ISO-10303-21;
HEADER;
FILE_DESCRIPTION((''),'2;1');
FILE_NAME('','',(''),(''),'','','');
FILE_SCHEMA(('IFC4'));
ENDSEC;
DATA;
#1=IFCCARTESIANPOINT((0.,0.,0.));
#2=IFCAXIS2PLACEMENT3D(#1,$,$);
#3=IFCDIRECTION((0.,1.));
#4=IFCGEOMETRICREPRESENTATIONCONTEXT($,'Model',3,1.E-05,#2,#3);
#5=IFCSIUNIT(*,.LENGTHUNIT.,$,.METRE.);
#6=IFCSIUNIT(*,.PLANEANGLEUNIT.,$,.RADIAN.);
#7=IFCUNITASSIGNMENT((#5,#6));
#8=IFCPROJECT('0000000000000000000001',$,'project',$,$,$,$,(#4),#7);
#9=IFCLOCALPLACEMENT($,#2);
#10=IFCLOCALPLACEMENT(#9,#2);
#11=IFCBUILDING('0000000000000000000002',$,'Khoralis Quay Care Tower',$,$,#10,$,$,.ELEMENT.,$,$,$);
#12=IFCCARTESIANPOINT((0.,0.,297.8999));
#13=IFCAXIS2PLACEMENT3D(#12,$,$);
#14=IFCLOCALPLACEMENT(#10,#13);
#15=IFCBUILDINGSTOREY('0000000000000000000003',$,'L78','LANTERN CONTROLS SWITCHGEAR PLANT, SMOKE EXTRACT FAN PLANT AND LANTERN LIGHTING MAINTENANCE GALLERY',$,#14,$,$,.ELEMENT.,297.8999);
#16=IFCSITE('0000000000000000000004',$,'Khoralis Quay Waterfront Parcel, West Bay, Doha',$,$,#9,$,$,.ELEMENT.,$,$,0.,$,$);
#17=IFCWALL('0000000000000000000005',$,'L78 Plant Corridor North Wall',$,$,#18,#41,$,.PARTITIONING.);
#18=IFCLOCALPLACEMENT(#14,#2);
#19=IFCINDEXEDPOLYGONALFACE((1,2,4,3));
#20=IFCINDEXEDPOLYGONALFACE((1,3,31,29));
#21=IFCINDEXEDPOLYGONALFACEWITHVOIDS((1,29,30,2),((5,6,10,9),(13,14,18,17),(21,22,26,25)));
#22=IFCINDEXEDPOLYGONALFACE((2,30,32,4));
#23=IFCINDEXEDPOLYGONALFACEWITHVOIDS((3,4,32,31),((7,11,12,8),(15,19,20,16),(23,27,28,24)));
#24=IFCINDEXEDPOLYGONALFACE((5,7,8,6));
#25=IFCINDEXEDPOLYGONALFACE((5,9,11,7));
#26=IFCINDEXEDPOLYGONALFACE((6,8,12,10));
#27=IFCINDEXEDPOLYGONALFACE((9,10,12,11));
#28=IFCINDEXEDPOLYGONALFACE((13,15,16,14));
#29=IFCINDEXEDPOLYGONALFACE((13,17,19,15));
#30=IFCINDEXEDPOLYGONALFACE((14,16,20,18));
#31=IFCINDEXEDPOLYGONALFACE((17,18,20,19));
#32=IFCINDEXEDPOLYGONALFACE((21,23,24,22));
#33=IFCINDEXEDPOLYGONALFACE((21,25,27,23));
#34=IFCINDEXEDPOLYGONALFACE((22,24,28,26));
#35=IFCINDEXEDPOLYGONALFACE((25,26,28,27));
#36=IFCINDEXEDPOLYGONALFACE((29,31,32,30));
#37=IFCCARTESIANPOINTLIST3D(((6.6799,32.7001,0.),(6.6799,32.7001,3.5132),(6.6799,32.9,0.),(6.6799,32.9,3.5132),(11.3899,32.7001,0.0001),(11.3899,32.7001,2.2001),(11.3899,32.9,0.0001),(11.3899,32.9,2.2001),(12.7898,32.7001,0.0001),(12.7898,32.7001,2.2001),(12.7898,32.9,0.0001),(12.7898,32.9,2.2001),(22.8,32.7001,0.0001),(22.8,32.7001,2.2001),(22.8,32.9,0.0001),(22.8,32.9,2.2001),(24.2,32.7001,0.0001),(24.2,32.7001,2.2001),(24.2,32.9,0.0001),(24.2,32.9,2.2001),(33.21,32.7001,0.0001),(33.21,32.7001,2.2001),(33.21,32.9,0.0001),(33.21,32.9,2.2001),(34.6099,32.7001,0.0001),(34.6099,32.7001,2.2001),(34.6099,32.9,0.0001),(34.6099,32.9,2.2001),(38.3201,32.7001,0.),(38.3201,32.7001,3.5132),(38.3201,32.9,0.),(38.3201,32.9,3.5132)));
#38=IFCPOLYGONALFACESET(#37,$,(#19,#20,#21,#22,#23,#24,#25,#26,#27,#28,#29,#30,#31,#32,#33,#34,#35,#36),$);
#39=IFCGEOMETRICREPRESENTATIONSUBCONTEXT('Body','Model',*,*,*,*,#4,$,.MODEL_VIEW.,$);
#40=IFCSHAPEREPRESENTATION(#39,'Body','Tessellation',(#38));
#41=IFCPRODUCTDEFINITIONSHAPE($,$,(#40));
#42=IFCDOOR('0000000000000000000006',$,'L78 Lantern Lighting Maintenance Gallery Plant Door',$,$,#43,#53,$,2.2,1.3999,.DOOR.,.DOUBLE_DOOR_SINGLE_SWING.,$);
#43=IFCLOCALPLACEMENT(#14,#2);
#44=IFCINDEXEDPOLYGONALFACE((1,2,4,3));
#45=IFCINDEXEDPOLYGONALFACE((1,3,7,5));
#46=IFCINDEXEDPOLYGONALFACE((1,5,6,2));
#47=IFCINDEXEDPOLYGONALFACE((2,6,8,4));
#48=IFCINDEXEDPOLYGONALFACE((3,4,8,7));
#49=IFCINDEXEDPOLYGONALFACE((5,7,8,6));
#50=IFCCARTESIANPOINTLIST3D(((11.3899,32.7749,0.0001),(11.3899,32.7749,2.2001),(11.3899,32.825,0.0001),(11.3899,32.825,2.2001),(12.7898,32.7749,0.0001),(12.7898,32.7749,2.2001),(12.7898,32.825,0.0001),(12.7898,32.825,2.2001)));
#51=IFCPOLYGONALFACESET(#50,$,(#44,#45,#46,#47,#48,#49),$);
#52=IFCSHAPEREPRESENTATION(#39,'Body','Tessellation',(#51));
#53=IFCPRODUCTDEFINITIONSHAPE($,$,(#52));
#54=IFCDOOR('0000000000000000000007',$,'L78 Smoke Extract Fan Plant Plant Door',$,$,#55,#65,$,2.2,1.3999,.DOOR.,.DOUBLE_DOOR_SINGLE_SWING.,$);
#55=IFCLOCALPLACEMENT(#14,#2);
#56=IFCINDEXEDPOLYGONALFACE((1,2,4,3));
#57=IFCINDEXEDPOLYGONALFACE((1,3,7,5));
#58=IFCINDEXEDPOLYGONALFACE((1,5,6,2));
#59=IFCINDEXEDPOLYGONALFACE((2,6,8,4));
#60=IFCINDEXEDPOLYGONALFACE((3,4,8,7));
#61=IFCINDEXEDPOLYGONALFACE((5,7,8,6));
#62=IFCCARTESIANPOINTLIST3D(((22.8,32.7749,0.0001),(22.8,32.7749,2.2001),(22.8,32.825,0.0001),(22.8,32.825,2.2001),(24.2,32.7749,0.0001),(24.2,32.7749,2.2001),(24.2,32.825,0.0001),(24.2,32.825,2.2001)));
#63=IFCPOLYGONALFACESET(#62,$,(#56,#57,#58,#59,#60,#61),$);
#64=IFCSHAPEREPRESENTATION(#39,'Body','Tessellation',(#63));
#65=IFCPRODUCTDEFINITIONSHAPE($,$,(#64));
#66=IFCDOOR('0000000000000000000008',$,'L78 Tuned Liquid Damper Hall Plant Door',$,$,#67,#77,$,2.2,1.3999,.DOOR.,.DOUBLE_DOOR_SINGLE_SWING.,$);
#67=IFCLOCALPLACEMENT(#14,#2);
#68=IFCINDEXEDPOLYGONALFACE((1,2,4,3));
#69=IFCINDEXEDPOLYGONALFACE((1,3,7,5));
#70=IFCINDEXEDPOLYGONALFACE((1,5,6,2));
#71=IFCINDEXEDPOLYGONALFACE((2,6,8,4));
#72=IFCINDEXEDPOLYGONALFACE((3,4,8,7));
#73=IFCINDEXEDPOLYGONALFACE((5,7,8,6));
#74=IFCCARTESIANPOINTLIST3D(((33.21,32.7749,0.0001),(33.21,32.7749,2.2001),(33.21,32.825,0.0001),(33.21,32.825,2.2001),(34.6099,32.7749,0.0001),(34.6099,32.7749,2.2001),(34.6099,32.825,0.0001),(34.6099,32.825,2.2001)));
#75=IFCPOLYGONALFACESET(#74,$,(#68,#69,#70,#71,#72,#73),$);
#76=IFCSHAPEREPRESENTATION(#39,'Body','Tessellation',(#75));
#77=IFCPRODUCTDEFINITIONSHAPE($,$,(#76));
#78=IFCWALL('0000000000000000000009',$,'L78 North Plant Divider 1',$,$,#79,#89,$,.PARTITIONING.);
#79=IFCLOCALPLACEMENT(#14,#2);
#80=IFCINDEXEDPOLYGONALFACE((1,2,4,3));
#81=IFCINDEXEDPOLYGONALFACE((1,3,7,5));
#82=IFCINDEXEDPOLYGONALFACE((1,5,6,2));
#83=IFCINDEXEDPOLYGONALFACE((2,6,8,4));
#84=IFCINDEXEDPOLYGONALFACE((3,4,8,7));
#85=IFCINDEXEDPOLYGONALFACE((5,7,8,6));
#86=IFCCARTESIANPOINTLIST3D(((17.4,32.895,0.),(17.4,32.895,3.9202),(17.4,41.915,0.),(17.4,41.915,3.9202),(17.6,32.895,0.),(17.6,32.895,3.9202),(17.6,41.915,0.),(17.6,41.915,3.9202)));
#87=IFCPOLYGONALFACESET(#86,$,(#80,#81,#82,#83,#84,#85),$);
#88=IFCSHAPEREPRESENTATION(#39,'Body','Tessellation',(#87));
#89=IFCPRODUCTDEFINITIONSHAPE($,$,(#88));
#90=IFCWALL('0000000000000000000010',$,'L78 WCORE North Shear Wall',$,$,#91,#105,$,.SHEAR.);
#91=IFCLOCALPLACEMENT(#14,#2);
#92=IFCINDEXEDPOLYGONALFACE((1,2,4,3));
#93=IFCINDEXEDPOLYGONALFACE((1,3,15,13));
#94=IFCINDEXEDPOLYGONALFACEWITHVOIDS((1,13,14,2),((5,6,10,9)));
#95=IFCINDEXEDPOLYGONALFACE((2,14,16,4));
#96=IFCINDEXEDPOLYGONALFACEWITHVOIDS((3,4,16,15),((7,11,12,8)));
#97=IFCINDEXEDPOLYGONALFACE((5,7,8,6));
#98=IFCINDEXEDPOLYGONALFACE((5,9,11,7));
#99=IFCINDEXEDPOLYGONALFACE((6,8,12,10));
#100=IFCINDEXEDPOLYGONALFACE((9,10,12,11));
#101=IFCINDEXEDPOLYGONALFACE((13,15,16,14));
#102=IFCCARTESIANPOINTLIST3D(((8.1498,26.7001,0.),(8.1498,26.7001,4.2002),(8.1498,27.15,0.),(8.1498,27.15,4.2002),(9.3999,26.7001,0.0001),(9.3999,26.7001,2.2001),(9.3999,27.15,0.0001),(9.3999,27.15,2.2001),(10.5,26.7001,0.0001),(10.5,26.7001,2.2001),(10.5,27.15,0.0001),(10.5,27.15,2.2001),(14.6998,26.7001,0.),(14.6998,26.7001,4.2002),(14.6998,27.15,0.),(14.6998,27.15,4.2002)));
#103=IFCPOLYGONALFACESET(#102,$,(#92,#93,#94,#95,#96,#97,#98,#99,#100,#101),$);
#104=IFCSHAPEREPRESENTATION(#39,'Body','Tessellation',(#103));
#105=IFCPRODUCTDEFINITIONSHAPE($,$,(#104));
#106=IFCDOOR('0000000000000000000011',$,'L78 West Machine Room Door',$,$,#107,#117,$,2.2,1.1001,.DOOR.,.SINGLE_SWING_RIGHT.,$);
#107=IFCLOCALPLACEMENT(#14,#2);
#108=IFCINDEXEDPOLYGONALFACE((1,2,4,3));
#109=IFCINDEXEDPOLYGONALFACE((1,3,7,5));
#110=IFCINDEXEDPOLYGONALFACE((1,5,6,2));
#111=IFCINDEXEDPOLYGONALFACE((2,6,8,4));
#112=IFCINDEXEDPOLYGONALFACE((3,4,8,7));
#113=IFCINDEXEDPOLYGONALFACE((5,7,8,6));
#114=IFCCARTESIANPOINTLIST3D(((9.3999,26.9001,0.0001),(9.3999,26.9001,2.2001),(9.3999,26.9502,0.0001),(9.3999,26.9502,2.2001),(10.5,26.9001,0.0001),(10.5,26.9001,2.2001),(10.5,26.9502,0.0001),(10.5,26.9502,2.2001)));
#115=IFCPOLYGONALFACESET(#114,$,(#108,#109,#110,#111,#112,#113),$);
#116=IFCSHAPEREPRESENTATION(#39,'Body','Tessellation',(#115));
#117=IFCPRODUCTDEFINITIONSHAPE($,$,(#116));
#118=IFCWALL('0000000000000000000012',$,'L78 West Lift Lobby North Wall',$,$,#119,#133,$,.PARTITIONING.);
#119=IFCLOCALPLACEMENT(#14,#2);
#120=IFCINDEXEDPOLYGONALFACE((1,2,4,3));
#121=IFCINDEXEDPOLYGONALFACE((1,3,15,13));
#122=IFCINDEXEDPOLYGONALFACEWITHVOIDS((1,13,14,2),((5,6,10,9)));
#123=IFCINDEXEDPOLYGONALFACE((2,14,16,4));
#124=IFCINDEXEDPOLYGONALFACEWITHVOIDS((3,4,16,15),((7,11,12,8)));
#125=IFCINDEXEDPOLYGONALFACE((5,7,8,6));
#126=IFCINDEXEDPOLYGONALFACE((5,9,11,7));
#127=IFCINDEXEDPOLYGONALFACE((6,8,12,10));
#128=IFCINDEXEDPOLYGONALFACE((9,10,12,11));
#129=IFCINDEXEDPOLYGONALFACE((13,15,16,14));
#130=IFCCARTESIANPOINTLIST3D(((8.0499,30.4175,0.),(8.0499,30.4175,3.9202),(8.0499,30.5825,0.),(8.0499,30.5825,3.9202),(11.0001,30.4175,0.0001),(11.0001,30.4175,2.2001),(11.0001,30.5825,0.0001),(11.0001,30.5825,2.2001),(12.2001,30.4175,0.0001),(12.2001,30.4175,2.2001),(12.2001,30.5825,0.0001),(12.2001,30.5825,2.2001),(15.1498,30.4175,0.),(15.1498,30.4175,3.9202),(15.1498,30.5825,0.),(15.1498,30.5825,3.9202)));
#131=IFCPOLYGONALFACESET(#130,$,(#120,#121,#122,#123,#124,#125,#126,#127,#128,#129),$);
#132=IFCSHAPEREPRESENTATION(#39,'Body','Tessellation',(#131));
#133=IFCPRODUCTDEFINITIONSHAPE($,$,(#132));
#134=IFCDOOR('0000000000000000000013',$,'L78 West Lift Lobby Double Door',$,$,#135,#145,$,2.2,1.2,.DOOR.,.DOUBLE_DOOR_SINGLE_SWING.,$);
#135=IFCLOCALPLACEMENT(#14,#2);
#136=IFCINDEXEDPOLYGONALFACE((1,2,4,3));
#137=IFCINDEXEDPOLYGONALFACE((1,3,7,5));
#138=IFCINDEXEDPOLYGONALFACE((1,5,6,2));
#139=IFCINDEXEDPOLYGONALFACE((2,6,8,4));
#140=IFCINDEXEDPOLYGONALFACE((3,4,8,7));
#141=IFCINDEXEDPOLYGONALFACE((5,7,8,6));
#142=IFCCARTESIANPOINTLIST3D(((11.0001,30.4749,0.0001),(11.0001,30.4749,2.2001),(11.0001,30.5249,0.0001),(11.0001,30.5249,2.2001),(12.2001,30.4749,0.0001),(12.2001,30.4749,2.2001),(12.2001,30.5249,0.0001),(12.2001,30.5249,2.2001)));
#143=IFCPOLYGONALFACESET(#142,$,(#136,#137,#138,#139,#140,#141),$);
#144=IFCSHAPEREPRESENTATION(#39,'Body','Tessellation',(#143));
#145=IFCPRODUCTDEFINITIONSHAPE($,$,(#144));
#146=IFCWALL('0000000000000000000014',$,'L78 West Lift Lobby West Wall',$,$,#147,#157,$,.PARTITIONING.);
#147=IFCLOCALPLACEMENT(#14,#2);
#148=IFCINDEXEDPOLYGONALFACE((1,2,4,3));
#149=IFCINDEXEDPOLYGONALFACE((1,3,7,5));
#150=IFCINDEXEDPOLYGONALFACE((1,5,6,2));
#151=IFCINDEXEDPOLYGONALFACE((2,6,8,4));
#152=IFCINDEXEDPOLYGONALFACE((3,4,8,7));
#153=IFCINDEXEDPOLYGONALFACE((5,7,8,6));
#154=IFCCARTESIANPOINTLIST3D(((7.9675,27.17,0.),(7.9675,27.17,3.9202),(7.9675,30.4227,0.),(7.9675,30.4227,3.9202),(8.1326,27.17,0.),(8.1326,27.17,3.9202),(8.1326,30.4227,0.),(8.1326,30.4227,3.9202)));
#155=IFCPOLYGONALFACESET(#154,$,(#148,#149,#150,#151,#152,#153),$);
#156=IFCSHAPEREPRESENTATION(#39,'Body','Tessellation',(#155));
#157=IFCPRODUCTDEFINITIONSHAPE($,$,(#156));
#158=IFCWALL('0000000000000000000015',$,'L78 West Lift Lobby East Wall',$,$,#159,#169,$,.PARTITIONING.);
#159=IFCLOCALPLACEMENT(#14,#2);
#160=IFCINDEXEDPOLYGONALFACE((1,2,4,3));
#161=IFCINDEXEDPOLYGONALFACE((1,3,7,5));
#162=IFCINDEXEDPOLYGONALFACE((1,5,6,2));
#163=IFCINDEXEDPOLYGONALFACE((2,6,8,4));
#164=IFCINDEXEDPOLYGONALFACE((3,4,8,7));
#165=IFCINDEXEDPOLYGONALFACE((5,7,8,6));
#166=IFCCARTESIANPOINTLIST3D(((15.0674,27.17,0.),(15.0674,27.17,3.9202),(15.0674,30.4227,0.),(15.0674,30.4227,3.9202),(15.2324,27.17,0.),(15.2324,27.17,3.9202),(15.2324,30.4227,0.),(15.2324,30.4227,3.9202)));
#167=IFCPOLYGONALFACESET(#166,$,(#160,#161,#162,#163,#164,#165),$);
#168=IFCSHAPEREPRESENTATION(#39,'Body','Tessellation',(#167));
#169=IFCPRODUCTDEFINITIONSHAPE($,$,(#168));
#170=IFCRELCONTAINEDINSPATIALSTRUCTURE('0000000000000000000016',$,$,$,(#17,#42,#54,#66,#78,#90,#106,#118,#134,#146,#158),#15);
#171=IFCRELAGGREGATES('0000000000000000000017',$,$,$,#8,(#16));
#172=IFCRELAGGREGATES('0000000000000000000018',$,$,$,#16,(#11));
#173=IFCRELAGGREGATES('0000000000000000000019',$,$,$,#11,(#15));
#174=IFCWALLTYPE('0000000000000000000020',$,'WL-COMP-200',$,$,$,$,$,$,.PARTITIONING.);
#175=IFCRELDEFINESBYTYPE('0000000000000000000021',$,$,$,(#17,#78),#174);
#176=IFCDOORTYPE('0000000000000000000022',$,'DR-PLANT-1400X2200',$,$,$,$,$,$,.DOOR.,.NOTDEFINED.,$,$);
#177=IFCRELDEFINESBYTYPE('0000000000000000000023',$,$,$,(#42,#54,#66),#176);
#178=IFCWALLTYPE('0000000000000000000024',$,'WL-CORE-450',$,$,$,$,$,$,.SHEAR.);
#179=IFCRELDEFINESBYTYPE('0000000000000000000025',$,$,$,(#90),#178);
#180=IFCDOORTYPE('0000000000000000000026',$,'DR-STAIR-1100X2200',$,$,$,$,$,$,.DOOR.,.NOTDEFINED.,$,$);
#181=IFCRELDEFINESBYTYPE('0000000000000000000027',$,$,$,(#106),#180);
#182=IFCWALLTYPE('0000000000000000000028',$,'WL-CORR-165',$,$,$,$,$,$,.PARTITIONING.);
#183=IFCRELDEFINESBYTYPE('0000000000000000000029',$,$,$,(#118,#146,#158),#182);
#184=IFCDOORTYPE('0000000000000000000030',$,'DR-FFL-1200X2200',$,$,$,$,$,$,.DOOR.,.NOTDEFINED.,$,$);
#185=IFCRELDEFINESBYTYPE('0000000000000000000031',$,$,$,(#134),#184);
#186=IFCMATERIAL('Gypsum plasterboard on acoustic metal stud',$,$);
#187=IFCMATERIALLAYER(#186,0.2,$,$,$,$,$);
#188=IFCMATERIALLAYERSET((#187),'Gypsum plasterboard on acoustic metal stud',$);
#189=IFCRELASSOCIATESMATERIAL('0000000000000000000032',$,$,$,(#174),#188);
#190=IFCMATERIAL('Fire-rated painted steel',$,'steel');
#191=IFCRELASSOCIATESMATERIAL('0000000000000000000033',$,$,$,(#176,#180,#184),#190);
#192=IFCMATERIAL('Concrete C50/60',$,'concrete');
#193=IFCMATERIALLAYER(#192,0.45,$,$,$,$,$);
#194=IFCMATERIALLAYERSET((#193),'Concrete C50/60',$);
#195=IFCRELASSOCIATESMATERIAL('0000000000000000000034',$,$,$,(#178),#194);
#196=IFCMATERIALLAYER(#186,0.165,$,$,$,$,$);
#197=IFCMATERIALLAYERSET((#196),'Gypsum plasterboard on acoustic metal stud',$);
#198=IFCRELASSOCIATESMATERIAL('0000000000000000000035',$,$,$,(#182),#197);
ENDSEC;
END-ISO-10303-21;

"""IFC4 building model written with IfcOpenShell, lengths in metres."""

from ifc_helpers import new_model, si_unit, direction, frame, frame_2d, origin, place, context, subcontext, project, spatial, rectangle, extrude, source, transform, mapped, material, layer, layer_set, type_object, element, fill, save


model = new_model("IFC4")

# Units and contexts
model_context = context("Model", 3, precision=1e-05, world=origin(), true_north=direction((0.0, 1.0)))
body_context = subcontext(model_context, "Body", "Model", "MODEL_VIEW")
ifc_project = project(units=[si_unit("LENGTHUNIT", "METRE"), si_unit("PLANEANGLEUNIT", "RADIAN")], contexts=[model_context])

# Site, building, storey
site_placement = place(None, origin())
site = spatial("IfcSite", under=ifc_project, at=site_placement, Name="Khoralis Quay Waterfront Parcel, West Bay, Doha", CompositionType="ELEMENT", RefElevation=0.0)
building_placement = place(site_placement, origin())
building = spatial("IfcBuilding", under=site, at=building_placement, Name="Khoralis Quay Care Tower", CompositionType="ELEMENT")
storey_placement = place(building_placement, frame((0.0, 0.0, 297.8999)))
storey = spatial("IfcBuildingStorey", under=building, at=storey_placement, Name="L78", Description="LANTERN CONTROLS SWITCHGEAR PLANT, SMOKE EXTRACT FAN PLANT AND LANTERN LIGHTING MAINTENANCE GALLERY", CompositionType="ELEMENT", Elevation=297.8999)

# Shared definitions
ifc_material_1 = material(Name="Concrete C50/60", Category="concrete")

# Wall, openings, doors
ifc_material_2 = material(Name="Gypsum plasterboard on acoustic metal stud")
ifc_layer_1 = layer(ifc_material_2, 0.2)
ifc_layer_set_1 = layer_set([ifc_layer_1], Name="Gypsum plasterboard on acoustic metal stud")
wall_type_1 = type_object("IfcWallType", Name="WL-COMP-200", PredefinedType="PARTITIONING", material=ifc_layer_set_1)
wall_1_placement = place(storey_placement, frame((6.6799, 32.8, 0.0), z_axis=(0.0, 0.0, 1.0), x_axis=(1.0, 0.0, 0.0)))
wall_1 = element("IfcWall", 1, at=wall_1_placement, inside=storey, type_object=wall_type_1, Name="L78 Plant Corridor North Wall", PredefinedType="PARTITIONING", context=body_context, shape_type="SweptSolid", body=[
    extrude(rectangle(XDim=31.6401, YDim=0.2, at=frame_2d((15.8201, 0.0))), origin(), (0.0, 0.0, 1.0), 3.5132),
])
opening_1_placement = place(wall_1_placement, frame((4.71, 0.0, 0.0)))
opening_1 = element("IfcOpeningElement", 2, at=opening_1_placement, cuts=wall_1, PredefinedType="OPENING", context=body_context, shape_type="SweptSolid", body=[
    extrude(rectangle(XDim=1.3999, YDim=2.2, at=frame_2d((0.7, 1.1001))), frame((0.0, 0.1099, 0.0), z_axis=(0.0, -1.0, 0.0), x_axis=(1.0, 0.0, 0.0)), (0.0, 0.0, 1.0), 0.22),
])
opening_2_placement = place(wall_1_placement, frame((16.1201, 0.0, 0.0)))
opening_2 = element("IfcOpeningElement", 3, at=opening_2_placement, cuts=wall_1, PredefinedType="OPENING", context=body_context, shape_type="SweptSolid", body=[
    extrude(rectangle(XDim=1.3999, YDim=2.2, at=frame_2d((0.7, 1.1001))), frame((0.0, 0.1099, 0.0), z_axis=(0.0, -1.0, 0.0), x_axis=(1.0, 0.0, 0.0)), (0.0, 0.0, 1.0), 0.22),
])
opening_3_placement = place(wall_1_placement, frame((26.53, 0.0, 0.0)))
opening_3 = element("IfcOpeningElement", 4, at=opening_3_placement, cuts=wall_1, PredefinedType="OPENING", context=body_context, shape_type="SweptSolid", body=[
    extrude(rectangle(XDim=1.3999, YDim=2.2, at=frame_2d((0.7, 1.1001))), frame((0.0, 0.1099, 0.0), z_axis=(0.0, -1.0, 0.0), x_axis=(1.0, 0.0, 0.0)), (0.0, 0.0, 1.0), 0.22),
])
ifc_material_3 = material(Name="Fire-rated painted steel", Category="steel")
door_type_1 = type_object("IfcDoorType", Name="DR-PLANT-1400X2200", OperationType="NOTDEFINED", PredefinedType="DOOR", material=ifc_material_3)
shared_shape_1 = source(origin(), body_context, "Body", "SweptSolid", [
    extrude(rectangle(XDim=1.3999, YDim=2.2, at=frame_2d((0.7, 1.1001))), frame((0.0, 0.0249, 0.0), z_axis=(0.0, -1.0, 0.0), x_axis=(1.0, 0.0, 0.0)), (0.0, 0.0, 1.0), 0.05),
])
door_1_placement = place(opening_1_placement, origin())
door_1 = element("IfcDoor", 5, at=door_1_placement, inside=storey, type_object=door_type_1, Name="L78 Lantern Lighting Maintenance Gallery Plant Door", OperationType="DOUBLE_DOOR_SINGLE_SWING", OverallHeight=2.2, OverallWidth=1.3999, PredefinedType="DOOR", context=body_context, shape_type="MappedRepresentation", body=[
    mapped(shared_shape_1, transform((0.0, 0.0, 0.0), scale=1.0)),
])
fill(opening_1, door_1)
door_2_placement = place(opening_2_placement, origin())
door_2 = element("IfcDoor", 6, at=door_2_placement, inside=storey, type_object=door_type_1, Name="L78 Smoke Extract Fan Plant Plant Door", OperationType="DOUBLE_DOOR_SINGLE_SWING", OverallHeight=2.2, OverallWidth=1.3999, PredefinedType="DOOR", context=body_context, shape_type="MappedRepresentation", body=[
    mapped(shared_shape_1, transform((0.0, 0.0, 0.0), scale=1.0)),
])
fill(opening_2, door_2)
door_3_placement = place(opening_3_placement, origin())
door_3 = element("IfcDoor", 7, at=door_3_placement, inside=storey, type_object=door_type_1, Name="L78 Tuned Liquid Damper Hall Plant Door", OperationType="DOUBLE_DOOR_SINGLE_SWING", OverallHeight=2.2, OverallWidth=1.3999, PredefinedType="DOOR", context=body_context, shape_type="MappedRepresentation", body=[
    mapped(shared_shape_1, transform((0.0, 0.0, 0.0), scale=1.0)),
])
fill(opening_3, door_3)

# Wall
wall_2_placement = place(storey_placement, frame((17.5, 32.895, 0.0), z_axis=(0.0, 0.0, 1.0), x_axis=(0.0, 1.0, 0.0)))
element("IfcWall", 8, at=wall_2_placement, inside=storey, type_object=wall_type_1, Name="L78 North Plant Divider 1", PredefinedType="PARTITIONING", context=body_context, shape_type="SweptSolid", body=[
    extrude(rectangle(XDim=9.02, YDim=0.2, at=frame_2d((4.51, 0.0))), origin(), (0.0, 0.0, 1.0), 3.9202),
])

# Walls, openings, doors
ifc_layer_2 = layer(ifc_material_1, 0.45)
ifc_layer_set_2 = layer_set([ifc_layer_2], Name="Concrete C50/60")
wall_type_2 = type_object("IfcWallType", Name="WL-CORE-450", PredefinedType="SHEAR", material=ifc_layer_set_2)
wall_3_placement = place(storey_placement, frame((8.1499, 26.925, 0.0), z_axis=(0.0, 0.0, 1.0), x_axis=(1.0, 0.0, 0.0)))
wall_3 = element("IfcWall", 9, at=wall_3_placement, inside=storey, type_object=wall_type_2, Name="L78 WCORE North Shear Wall", PredefinedType="SHEAR", context=body_context, shape_type="SweptSolid", body=[
    extrude(rectangle(XDim=6.55, YDim=0.45, at=frame_2d((3.2749, 0.0))), origin(), (0.0, 0.0, 1.0), 4.2002),
])
opening_4_placement = place(wall_3_placement, frame((1.25, 0.0, 0.0)))
opening_4 = element("IfcOpeningElement", 10, at=opening_4_placement, cuts=wall_3, PredefinedType="OPENING", context=body_context, shape_type="SweptSolid", body=[
    extrude(rectangle(XDim=1.1001, YDim=2.2, at=frame_2d((0.55, 1.1001))), frame((0.0, 0.2349, 0.0), z_axis=(0.0, -1.0, 0.0), x_axis=(1.0, 0.0, 0.0)), (0.0, 0.0, 1.0), 0.47),
])
door_type_2 = type_object("IfcDoorType", Name="DR-STAIR-1100X2200", OperationType="NOTDEFINED", PredefinedType="DOOR", material=ifc_material_3)
shared_shape_2 = source(origin(), body_context, "Body", "SweptSolid", [
    extrude(rectangle(XDim=1.1001, YDim=2.2, at=frame_2d((0.55, 1.1001))), frame((0.0, 0.0249, 0.0), z_axis=(0.0, -1.0, 0.0), x_axis=(1.0, 0.0, 0.0)), (0.0, 0.0, 1.0), 0.05),
])
door_4_placement = place(opening_4_placement, frame((1.1001, 0.0, 0.0), z_axis=(0.0, 0.0, 1.0), x_axis=(-1.0, 0.0, 0.0)))
door_4 = element("IfcDoor", 11, at=door_4_placement, inside=storey, type_object=door_type_2, Name="L78 West Machine Room Door", OperationType="SINGLE_SWING_RIGHT", OverallHeight=2.2, OverallWidth=1.1001, PredefinedType="DOOR", context=body_context, shape_type="MappedRepresentation", body=[
    mapped(shared_shape_2, transform((0.0, 0.0, 0.0), scale=1.0)),
])
fill(opening_4, door_4)
ifc_layer_3 = layer(ifc_material_2, 0.165)
ifc_layer_set_3 = layer_set([ifc_layer_3], Name="Gypsum plasterboard on acoustic metal stud")
wall_type_3 = type_object("IfcWallType", Name="WL-CORR-165", PredefinedType="PARTITIONING", material=ifc_layer_set_3)
wall_4_placement = place(storey_placement, frame((8.05, 30.5, 0.0), z_axis=(0.0, 0.0, 1.0), x_axis=(1.0, 0.0, 0.0)))
wall_4 = element("IfcWall", 12, at=wall_4_placement, inside=storey, type_object=wall_type_3, Name="L78 West Lift Lobby North Wall", PredefinedType="PARTITIONING", context=body_context, shape_type="SweptSolid", body=[
    extrude(rectangle(XDim=7.0999, YDim=0.165, at=frame_2d((3.5498, 0.0))), origin(), (0.0, 0.0, 1.0), 3.9202),
])
opening_5_placement = place(wall_4_placement, frame((2.95, 0.0, 0.0)))
opening_5 = element("IfcOpeningElement", 13, at=opening_5_placement, cuts=wall_4, PredefinedType="OPENING", context=body_context, shape_type="SweptSolid", body=[
    extrude(rectangle(XDim=1.2, YDim=2.2, at=frame_2d((0.6001, 1.1001))), frame((0.0, 0.0925, 0.0), z_axis=(0.0, -1.0, 0.0), x_axis=(1.0, 0.0, 0.0)), (0.0, 0.0, 1.0), 0.1851),
])
door_type_3 = type_object("IfcDoorType", Name="DR-FFL-1200X2200", OperationType="NOTDEFINED", PredefinedType="DOOR", material=ifc_material_3)
shared_shape_3 = source(origin(), body_context, "Body", "SweptSolid", [
    extrude(rectangle(XDim=1.2, YDim=2.2, at=frame_2d((0.6001, 1.1001))), frame((0.0, 0.0249, 0.0), z_axis=(0.0, -1.0, 0.0), x_axis=(1.0, 0.0, 0.0)), (0.0, 0.0, 1.0), 0.05),
])
door_5_placement = place(opening_5_placement, origin())
door_5 = element("IfcDoor", 14, at=door_5_placement, inside=storey, type_object=door_type_3, Name="L78 West Lift Lobby Double Door", OperationType="DOUBLE_DOOR_SINGLE_SWING", OverallHeight=2.2, OverallWidth=1.2, PredefinedType="DOOR", context=body_context, shape_type="MappedRepresentation", body=[
    mapped(shared_shape_3, transform((0.0, 0.0, 0.0), scale=1.0)),
])
fill(opening_5, door_5)

# Walls
for number, where, z_axis, x_axis, name in (
    (15, (8.05, 27.1699, 0.0), (0.0, 0.0, 1.0), (0.0, 1.0, 0.0), "L78 West Lift Lobby West Wall"),
    (16, (15.1499, 27.1699, 0.0), (0.0, 0.0, 1.0), (0.0, 1.0, 0.0), "L78 West Lift Lobby East Wall"),
):
    element("IfcWall", number, at=place(storey_placement, frame(where, z_axis=z_axis, x_axis=x_axis)), inside=storey, type_object=wall_type_3, Name=name, PredefinedType="PARTITIONING", context=body_context, shape_type="SweptSolid", body=[
        extrude(rectangle(XDim=3.2527, YDim=0.165, at=frame_2d((1.6265, 0.0))), origin(), (0.0, 0.0, 1.0), 3.9202),
    ])

save(model, "model.ifc")
